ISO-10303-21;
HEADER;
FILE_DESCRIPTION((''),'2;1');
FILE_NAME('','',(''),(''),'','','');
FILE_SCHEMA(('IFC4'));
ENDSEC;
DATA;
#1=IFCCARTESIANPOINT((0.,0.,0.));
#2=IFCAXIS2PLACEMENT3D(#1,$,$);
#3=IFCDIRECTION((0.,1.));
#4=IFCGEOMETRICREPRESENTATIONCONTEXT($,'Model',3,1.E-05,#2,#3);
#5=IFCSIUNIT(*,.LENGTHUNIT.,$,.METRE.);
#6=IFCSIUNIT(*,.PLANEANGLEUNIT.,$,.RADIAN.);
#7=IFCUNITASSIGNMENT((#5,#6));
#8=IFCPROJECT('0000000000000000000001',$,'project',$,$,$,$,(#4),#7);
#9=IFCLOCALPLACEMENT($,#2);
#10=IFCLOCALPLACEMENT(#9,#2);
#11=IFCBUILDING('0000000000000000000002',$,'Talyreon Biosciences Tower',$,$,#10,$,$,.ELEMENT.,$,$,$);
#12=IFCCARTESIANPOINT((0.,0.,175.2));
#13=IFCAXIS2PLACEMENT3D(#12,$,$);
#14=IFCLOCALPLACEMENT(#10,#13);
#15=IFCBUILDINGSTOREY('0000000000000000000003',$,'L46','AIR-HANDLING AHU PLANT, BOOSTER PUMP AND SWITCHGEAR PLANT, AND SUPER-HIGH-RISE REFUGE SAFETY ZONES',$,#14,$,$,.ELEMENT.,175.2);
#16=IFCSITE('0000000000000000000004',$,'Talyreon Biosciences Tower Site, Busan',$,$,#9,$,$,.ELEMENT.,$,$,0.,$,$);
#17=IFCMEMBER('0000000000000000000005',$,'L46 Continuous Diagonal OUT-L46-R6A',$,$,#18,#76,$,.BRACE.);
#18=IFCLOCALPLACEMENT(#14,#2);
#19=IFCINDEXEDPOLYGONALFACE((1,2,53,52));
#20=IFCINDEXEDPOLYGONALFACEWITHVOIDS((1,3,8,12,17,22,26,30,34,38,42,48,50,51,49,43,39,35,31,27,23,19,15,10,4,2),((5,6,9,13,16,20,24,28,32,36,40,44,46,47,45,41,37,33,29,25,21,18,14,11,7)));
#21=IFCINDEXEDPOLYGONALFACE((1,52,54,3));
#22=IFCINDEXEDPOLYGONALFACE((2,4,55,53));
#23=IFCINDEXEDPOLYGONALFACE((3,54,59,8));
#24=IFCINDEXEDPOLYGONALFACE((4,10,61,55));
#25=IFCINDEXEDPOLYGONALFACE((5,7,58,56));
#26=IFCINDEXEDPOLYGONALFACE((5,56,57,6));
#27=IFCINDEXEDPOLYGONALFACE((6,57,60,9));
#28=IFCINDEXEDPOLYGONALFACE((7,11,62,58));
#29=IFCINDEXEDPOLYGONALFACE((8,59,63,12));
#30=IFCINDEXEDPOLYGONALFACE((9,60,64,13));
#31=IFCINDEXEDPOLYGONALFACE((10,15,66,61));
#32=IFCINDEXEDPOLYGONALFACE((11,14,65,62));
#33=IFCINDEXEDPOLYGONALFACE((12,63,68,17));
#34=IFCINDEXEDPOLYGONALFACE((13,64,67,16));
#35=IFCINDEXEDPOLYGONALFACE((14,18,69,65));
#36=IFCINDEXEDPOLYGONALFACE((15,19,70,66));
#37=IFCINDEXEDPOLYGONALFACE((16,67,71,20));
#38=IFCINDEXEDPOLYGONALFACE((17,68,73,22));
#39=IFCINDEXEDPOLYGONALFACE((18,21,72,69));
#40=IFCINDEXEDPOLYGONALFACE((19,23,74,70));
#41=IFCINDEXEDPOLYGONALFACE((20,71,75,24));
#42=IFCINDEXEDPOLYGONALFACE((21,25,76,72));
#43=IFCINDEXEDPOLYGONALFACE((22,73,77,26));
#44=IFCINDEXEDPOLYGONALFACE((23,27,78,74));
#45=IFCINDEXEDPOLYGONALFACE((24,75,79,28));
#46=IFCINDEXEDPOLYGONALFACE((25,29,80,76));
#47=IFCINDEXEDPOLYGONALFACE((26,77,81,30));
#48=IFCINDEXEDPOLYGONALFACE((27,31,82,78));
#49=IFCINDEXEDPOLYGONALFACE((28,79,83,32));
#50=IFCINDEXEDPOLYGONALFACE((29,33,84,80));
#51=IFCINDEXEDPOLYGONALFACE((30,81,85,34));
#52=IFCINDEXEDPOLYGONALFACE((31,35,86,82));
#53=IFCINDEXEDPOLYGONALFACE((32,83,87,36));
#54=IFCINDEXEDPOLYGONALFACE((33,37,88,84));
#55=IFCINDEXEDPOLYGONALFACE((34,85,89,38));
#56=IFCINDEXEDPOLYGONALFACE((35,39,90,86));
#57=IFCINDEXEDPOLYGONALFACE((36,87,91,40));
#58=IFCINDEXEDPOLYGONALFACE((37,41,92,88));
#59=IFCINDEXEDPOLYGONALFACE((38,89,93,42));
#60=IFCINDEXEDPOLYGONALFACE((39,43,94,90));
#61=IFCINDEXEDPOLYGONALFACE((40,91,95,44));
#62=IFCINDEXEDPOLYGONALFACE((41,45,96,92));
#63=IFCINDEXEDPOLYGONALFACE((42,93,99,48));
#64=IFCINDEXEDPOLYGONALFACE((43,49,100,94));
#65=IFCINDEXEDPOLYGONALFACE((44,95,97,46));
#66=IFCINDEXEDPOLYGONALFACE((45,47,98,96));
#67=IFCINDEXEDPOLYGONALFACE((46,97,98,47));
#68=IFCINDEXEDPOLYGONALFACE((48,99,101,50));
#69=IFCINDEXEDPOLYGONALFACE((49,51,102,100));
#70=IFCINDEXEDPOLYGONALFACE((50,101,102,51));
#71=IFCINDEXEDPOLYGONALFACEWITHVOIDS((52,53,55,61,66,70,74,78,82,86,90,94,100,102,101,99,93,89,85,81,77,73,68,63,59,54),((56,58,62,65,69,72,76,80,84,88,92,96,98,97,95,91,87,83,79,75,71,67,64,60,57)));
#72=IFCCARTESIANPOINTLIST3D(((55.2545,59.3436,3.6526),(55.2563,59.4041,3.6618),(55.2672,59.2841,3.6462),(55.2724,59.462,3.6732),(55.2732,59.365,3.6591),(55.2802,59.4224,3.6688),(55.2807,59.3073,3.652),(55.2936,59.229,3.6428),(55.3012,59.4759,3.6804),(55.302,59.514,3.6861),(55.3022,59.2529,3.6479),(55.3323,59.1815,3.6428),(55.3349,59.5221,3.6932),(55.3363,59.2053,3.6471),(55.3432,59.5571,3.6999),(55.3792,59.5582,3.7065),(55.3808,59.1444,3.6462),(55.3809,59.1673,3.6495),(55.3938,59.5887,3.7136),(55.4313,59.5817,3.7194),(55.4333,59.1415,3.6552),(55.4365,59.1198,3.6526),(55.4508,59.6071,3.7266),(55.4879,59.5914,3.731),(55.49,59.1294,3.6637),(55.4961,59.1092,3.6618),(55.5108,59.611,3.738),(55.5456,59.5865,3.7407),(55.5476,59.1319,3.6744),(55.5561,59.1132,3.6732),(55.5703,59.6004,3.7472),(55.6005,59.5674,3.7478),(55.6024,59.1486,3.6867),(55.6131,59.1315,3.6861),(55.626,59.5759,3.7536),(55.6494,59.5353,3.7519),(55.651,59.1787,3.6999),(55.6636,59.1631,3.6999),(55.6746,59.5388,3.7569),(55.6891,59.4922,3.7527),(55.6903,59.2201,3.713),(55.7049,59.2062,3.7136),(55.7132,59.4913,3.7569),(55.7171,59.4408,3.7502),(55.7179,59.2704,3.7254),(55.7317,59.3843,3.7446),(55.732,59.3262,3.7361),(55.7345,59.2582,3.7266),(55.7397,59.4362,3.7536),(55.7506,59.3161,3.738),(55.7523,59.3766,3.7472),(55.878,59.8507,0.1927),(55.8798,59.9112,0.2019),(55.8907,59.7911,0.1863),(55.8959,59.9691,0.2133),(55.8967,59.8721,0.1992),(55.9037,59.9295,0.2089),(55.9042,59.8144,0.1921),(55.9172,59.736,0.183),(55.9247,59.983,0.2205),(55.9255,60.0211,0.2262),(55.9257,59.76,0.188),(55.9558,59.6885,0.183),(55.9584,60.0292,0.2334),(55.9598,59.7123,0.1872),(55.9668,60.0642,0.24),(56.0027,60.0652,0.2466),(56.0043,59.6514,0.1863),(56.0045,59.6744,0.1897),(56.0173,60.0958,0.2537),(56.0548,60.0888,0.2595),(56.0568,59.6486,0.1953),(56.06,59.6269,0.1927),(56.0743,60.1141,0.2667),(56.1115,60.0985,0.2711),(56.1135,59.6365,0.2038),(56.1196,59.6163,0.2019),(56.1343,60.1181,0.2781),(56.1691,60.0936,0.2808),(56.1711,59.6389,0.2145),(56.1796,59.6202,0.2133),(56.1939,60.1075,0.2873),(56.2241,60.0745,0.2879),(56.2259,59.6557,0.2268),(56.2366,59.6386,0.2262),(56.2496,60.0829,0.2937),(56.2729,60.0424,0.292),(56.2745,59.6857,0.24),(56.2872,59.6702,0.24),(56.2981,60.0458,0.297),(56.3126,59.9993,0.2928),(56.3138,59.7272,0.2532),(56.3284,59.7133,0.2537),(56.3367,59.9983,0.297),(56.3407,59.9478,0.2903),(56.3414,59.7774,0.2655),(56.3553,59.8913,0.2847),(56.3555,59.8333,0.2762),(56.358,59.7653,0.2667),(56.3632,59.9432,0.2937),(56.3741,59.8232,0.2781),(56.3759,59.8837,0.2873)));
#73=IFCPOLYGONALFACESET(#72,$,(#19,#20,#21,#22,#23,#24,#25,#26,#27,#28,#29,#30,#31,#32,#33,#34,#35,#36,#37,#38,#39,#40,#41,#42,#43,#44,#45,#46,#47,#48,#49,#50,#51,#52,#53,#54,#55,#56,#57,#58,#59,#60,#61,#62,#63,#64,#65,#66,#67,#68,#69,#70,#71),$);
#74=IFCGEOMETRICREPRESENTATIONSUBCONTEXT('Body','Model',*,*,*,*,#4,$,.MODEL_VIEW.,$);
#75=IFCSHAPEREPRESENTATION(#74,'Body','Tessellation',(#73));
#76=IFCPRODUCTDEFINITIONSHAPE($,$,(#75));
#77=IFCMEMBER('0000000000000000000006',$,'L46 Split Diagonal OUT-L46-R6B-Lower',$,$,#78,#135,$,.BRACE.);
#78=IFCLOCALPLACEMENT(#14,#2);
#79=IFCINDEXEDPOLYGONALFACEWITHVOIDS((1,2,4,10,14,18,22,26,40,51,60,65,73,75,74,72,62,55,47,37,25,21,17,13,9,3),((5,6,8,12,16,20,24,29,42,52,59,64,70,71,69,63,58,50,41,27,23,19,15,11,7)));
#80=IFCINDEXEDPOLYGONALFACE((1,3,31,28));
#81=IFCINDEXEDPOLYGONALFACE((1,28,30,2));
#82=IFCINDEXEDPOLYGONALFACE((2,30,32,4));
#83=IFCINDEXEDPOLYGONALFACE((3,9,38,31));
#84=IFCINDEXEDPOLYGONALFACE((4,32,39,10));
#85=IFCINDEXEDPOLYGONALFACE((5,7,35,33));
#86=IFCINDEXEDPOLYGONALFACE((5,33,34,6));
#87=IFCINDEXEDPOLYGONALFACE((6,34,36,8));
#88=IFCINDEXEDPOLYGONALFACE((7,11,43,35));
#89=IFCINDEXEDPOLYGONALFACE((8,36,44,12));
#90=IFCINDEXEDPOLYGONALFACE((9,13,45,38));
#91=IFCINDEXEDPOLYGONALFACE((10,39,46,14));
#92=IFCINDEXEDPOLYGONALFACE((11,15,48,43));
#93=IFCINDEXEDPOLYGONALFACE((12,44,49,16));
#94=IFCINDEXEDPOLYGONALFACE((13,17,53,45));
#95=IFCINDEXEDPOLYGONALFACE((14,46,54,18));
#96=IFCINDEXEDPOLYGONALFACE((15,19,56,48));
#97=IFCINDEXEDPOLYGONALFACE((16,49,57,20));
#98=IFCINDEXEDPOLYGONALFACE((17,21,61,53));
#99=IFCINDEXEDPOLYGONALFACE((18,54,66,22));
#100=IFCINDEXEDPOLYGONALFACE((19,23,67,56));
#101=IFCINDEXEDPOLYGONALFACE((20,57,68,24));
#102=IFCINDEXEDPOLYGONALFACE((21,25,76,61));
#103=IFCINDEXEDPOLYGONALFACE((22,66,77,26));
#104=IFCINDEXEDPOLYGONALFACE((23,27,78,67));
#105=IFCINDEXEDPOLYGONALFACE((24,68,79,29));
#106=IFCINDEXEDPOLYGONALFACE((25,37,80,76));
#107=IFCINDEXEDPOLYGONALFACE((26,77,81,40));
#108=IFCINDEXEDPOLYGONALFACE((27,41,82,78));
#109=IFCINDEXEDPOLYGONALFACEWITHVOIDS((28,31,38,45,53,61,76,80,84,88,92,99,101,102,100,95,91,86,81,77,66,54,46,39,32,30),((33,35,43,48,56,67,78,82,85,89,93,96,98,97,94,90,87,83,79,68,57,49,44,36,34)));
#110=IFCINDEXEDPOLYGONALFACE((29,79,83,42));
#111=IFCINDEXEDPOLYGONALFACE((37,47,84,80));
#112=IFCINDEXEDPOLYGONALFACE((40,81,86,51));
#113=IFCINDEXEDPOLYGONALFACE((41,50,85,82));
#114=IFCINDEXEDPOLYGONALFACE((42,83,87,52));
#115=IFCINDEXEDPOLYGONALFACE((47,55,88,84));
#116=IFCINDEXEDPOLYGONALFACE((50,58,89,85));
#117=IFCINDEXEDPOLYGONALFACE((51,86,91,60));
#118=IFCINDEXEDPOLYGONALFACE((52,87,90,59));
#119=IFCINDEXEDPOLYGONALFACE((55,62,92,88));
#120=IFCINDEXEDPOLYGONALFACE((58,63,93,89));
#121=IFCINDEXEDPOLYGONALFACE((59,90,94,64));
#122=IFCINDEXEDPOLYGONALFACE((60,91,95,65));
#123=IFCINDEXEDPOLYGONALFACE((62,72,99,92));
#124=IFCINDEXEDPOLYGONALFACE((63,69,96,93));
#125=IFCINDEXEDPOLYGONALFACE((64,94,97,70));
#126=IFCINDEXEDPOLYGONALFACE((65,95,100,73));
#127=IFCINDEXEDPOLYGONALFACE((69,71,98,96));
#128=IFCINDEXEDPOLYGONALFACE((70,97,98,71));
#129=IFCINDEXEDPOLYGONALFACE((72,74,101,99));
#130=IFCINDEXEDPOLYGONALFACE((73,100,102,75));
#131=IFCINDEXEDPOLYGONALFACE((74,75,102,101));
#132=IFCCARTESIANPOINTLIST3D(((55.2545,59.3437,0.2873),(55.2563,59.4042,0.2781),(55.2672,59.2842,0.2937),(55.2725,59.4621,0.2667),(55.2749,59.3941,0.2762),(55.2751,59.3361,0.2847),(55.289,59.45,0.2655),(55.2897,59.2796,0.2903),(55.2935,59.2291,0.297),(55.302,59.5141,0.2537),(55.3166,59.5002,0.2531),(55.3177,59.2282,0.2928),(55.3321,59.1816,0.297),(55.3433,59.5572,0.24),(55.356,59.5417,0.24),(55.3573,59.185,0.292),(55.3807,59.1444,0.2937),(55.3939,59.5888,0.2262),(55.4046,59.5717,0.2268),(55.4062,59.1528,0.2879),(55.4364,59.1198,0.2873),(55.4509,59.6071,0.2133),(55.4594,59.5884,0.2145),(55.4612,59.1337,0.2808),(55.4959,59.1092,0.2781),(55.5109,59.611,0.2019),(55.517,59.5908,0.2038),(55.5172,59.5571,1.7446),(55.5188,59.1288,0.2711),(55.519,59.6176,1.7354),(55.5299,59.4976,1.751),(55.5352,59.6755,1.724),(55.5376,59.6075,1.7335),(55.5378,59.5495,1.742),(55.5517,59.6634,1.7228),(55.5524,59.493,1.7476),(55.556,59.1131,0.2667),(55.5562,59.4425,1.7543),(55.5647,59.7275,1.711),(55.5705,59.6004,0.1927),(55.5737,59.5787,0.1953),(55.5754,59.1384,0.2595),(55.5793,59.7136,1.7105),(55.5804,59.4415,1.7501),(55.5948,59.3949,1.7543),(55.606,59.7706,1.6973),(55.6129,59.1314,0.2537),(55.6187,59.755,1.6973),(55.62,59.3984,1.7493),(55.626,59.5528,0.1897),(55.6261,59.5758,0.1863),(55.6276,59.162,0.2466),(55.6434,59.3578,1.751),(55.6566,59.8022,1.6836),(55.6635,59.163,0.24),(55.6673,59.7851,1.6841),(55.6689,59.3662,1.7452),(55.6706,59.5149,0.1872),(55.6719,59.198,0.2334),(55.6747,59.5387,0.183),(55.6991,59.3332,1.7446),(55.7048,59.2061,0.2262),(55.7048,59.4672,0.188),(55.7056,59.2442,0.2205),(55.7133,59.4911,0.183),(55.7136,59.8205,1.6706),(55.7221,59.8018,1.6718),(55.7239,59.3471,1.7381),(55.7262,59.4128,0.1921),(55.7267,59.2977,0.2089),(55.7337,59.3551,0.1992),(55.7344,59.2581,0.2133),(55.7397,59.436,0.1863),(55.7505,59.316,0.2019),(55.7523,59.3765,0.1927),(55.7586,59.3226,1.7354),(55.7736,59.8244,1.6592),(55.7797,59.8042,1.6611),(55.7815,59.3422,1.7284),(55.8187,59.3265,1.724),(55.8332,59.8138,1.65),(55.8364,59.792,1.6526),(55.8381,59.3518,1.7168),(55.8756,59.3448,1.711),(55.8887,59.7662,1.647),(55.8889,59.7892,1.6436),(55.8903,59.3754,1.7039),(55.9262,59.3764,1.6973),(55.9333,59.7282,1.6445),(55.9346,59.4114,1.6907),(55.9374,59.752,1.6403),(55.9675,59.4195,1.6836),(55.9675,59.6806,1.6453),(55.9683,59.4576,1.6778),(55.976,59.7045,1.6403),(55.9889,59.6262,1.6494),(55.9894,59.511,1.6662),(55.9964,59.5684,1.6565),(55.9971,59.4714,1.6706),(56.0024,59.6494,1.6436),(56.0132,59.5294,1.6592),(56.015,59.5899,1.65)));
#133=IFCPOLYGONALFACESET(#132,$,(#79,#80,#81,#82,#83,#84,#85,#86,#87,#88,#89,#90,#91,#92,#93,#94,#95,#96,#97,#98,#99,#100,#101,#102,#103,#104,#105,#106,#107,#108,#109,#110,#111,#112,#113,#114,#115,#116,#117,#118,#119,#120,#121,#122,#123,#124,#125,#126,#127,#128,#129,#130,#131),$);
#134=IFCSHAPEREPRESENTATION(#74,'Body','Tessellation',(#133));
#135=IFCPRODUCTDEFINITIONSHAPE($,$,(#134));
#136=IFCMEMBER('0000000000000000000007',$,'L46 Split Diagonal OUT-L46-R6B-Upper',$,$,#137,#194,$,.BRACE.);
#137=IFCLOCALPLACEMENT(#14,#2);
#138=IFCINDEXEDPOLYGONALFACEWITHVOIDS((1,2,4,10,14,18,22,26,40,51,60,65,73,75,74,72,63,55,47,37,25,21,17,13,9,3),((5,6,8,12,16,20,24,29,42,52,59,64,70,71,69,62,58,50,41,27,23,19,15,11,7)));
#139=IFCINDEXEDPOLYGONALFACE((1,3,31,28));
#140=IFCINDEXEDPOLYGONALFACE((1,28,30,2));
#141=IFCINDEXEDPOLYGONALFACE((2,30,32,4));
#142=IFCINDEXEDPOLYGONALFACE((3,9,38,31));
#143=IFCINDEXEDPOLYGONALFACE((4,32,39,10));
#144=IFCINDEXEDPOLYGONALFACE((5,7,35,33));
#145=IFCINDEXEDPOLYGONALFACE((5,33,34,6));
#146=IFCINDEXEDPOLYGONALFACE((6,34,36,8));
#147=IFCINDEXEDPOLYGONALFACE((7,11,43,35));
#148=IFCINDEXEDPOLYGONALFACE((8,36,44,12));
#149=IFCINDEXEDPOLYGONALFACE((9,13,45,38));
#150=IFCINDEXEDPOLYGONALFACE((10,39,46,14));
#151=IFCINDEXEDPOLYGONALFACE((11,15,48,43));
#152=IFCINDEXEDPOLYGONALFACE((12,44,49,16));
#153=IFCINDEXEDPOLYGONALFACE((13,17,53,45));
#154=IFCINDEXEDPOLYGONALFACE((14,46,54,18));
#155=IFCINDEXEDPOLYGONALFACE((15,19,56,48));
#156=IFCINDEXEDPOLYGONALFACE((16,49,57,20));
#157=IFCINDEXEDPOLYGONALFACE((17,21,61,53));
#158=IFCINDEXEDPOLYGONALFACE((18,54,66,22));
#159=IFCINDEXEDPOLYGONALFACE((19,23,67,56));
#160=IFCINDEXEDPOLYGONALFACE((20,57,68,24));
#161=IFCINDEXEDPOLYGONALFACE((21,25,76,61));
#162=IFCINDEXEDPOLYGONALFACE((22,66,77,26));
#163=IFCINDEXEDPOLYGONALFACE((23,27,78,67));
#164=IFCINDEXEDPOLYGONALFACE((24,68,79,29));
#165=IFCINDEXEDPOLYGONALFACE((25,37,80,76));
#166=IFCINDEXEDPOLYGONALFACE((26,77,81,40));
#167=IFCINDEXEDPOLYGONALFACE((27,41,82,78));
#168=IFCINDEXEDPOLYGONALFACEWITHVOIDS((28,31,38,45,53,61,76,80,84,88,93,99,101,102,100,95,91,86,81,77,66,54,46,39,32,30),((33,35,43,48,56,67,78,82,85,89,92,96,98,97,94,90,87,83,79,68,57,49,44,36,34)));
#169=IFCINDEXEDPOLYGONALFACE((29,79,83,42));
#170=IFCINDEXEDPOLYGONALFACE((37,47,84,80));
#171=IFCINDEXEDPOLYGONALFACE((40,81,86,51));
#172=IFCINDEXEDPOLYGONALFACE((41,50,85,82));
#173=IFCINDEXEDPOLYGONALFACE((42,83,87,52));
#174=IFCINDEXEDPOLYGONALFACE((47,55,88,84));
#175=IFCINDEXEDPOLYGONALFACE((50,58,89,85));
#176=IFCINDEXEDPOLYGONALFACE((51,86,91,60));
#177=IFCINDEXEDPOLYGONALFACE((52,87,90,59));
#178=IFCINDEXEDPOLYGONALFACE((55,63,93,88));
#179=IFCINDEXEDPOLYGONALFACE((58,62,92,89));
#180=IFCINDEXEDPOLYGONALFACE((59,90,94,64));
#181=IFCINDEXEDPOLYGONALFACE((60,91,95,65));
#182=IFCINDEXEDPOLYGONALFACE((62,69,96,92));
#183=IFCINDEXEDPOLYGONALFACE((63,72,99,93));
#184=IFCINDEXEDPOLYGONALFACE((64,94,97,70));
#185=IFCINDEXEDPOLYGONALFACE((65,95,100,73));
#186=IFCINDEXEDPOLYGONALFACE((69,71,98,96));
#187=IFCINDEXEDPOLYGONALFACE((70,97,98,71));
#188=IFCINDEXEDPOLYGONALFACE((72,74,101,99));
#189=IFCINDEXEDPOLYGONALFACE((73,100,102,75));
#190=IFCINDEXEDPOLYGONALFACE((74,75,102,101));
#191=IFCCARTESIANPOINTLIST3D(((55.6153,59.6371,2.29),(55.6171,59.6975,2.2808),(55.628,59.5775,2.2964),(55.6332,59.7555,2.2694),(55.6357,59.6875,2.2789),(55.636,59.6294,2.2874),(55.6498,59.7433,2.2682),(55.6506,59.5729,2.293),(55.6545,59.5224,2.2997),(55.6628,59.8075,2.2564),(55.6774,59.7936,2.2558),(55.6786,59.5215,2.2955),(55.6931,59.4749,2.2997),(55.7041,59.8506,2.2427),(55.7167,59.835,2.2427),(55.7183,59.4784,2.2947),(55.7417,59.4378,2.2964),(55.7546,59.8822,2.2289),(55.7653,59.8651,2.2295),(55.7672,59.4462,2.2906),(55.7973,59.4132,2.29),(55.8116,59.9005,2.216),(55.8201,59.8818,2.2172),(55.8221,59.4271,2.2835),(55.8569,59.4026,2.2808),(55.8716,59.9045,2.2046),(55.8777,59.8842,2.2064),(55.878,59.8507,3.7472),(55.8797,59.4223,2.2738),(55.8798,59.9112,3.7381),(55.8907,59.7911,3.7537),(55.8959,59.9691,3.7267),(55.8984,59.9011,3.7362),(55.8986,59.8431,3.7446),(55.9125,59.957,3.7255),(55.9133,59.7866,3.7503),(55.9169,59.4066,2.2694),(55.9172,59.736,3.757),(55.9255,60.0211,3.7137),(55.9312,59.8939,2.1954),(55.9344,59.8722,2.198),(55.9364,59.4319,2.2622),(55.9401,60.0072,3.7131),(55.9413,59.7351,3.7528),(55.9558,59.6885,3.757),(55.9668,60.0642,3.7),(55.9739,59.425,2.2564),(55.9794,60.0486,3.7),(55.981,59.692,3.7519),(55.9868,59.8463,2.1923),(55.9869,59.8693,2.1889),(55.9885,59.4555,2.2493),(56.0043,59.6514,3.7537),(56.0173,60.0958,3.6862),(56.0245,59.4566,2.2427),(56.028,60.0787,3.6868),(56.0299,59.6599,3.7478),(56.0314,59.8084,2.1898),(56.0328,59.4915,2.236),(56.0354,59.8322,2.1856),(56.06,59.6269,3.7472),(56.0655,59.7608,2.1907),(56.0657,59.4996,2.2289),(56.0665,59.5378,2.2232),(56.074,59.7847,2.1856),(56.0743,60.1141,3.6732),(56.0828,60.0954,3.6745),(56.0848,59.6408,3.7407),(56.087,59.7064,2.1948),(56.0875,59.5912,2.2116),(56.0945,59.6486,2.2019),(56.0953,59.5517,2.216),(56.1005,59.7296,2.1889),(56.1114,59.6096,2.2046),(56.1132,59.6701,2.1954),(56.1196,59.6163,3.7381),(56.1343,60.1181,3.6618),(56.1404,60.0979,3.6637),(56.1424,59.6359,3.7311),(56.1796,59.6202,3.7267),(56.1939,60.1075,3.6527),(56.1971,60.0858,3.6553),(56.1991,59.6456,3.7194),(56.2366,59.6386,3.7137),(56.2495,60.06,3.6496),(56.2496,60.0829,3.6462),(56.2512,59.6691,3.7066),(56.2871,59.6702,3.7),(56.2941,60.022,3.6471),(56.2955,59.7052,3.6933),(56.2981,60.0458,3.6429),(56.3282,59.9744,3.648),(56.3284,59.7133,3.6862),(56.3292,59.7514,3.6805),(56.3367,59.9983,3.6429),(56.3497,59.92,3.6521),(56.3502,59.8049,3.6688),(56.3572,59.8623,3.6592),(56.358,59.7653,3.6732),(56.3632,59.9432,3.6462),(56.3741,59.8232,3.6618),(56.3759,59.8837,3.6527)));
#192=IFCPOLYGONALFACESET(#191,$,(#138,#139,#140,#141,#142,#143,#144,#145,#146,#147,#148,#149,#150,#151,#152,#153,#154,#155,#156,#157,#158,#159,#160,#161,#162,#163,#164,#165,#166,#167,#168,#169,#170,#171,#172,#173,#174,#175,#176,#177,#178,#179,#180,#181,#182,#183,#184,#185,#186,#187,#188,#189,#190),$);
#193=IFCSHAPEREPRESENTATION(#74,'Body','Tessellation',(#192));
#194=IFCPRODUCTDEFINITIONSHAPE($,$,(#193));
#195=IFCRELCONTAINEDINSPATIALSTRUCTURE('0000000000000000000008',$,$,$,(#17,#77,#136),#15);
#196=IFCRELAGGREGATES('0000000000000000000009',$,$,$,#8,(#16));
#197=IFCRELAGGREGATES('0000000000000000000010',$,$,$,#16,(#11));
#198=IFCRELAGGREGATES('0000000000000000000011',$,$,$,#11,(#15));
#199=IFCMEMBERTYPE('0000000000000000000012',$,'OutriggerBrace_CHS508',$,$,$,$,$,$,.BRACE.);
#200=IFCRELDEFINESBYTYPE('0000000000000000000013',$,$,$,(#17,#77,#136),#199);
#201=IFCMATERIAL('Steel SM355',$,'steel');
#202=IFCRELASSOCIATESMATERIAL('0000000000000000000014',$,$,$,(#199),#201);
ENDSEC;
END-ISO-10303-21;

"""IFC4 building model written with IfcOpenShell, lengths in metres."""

from ifc_helpers import new_model, si_unit, direction, frame, origin, origin_2d, place, context, subcontext, project, spatial, hollow_circle, extrude, material, material_profile, profile_set, type_object, element, save


model = new_model("IFC4")

# Units and contexts
model_context = context("Model", 3, precision=1e-05, world=origin(), true_north=direction((0.0, 1.0)))
body_context = subcontext(model_context, "Body", "Model", "MODEL_VIEW")
ifc_project = project(units=[si_unit("LENGTHUNIT", "METRE"), si_unit("PLANEANGLEUNIT", "RADIAN")], contexts=[model_context])

# Site, building, storey
site_placement = place(None, origin())
site = spatial("IfcSite", under=ifc_project, at=site_placement, Name="Talyreon Biosciences Tower Site, Busan", CompositionType="ELEMENT", RefElevation=0.0)
building_placement = place(site_placement, origin())
building = spatial("IfcBuilding", under=site, at=building_placement, Name="Talyreon Biosciences Tower", CompositionType="ELEMENT")
storey_placement = place(building_placement, frame((0.0, 0.0, 175.2)))
storey = spatial("IfcBuildingStorey", under=building, at=storey_placement, Name="L46", Description="AIR-HANDLING AHU PLANT, BOOSTER PUMP AND SWITCHGEAR PLANT, AND SUPER-HIGH-RISE REFUGE SAFETY ZONES", CompositionType="ELEMENT", Elevation=175.2)

# Shared definitions
ifc_material_1 = material(Name="Steel SM355", Category="steel")

# Members
ifc_material_profile_1 = material_profile(ifc_material_1, hollow_circle(Radius=0.2539, WallThickness=0.02, at=origin_2d()), Name="CHS 508x20")
ifc_profile_set_1 = profile_set([ifc_material_profile_1], Name="Steel SM355")
member_type_1 = type_object("IfcMemberType", Name="OutriggerBrace_CHS508", PredefinedType="BRACE", material=ifc_profile_set_1)
member_1_placement = place(storey_placement, frame((56.127, 59.8672, 0.24), z_axis=(-0.175541, -0.142756, 0.974067), x_axis=(0.630936, -0.775835, 0.0)))
element("IfcMember", 1, at=member_1_placement, inside=storey, type_object=member_type_1, Name="L46 Continuous Diagonal OUT-L46-R6A", PredefinedType="BRACE", context=body_context, shape_type="SweptSolid", body=[
    extrude(hollow_circle(Radius=0.2539, WallThickness=0.02, at=origin_2d()), origin(), (0.0, 0.0, 1.0), 3.552),
])
for number, where, z_axis, x_axis, name in (
    (2, (55.5034, 59.3601, 0.24), (0.175592, 0.142627, 0.974076), (-0.630484, 0.776202, 0.0), "L46 Split Diagonal OUT-L46-R6B-Lower"),
    (3, (55.8643, 59.6536, 2.2427), (0.175588, 0.142787, 0.974054), (-0.630918, 0.775849, 0.0), "L46 Split Diagonal OUT-L46-R6B-Upper"),
):
    element("IfcMember", number, at=place(storey_placement, frame(where, z_axis=z_axis, x_axis=x_axis)), inside=storey, type_object=member_type_1, Name=name, PredefinedType="BRACE", context=body_context, shape_type="SweptSolid", body=[
        extrude(hollow_circle(Radius=0.2539, WallThickness=0.02, at=origin_2d()), origin(), (0.0, 0.0, 1.0), 1.4961),
    ])

save(model, "model.ifc")
